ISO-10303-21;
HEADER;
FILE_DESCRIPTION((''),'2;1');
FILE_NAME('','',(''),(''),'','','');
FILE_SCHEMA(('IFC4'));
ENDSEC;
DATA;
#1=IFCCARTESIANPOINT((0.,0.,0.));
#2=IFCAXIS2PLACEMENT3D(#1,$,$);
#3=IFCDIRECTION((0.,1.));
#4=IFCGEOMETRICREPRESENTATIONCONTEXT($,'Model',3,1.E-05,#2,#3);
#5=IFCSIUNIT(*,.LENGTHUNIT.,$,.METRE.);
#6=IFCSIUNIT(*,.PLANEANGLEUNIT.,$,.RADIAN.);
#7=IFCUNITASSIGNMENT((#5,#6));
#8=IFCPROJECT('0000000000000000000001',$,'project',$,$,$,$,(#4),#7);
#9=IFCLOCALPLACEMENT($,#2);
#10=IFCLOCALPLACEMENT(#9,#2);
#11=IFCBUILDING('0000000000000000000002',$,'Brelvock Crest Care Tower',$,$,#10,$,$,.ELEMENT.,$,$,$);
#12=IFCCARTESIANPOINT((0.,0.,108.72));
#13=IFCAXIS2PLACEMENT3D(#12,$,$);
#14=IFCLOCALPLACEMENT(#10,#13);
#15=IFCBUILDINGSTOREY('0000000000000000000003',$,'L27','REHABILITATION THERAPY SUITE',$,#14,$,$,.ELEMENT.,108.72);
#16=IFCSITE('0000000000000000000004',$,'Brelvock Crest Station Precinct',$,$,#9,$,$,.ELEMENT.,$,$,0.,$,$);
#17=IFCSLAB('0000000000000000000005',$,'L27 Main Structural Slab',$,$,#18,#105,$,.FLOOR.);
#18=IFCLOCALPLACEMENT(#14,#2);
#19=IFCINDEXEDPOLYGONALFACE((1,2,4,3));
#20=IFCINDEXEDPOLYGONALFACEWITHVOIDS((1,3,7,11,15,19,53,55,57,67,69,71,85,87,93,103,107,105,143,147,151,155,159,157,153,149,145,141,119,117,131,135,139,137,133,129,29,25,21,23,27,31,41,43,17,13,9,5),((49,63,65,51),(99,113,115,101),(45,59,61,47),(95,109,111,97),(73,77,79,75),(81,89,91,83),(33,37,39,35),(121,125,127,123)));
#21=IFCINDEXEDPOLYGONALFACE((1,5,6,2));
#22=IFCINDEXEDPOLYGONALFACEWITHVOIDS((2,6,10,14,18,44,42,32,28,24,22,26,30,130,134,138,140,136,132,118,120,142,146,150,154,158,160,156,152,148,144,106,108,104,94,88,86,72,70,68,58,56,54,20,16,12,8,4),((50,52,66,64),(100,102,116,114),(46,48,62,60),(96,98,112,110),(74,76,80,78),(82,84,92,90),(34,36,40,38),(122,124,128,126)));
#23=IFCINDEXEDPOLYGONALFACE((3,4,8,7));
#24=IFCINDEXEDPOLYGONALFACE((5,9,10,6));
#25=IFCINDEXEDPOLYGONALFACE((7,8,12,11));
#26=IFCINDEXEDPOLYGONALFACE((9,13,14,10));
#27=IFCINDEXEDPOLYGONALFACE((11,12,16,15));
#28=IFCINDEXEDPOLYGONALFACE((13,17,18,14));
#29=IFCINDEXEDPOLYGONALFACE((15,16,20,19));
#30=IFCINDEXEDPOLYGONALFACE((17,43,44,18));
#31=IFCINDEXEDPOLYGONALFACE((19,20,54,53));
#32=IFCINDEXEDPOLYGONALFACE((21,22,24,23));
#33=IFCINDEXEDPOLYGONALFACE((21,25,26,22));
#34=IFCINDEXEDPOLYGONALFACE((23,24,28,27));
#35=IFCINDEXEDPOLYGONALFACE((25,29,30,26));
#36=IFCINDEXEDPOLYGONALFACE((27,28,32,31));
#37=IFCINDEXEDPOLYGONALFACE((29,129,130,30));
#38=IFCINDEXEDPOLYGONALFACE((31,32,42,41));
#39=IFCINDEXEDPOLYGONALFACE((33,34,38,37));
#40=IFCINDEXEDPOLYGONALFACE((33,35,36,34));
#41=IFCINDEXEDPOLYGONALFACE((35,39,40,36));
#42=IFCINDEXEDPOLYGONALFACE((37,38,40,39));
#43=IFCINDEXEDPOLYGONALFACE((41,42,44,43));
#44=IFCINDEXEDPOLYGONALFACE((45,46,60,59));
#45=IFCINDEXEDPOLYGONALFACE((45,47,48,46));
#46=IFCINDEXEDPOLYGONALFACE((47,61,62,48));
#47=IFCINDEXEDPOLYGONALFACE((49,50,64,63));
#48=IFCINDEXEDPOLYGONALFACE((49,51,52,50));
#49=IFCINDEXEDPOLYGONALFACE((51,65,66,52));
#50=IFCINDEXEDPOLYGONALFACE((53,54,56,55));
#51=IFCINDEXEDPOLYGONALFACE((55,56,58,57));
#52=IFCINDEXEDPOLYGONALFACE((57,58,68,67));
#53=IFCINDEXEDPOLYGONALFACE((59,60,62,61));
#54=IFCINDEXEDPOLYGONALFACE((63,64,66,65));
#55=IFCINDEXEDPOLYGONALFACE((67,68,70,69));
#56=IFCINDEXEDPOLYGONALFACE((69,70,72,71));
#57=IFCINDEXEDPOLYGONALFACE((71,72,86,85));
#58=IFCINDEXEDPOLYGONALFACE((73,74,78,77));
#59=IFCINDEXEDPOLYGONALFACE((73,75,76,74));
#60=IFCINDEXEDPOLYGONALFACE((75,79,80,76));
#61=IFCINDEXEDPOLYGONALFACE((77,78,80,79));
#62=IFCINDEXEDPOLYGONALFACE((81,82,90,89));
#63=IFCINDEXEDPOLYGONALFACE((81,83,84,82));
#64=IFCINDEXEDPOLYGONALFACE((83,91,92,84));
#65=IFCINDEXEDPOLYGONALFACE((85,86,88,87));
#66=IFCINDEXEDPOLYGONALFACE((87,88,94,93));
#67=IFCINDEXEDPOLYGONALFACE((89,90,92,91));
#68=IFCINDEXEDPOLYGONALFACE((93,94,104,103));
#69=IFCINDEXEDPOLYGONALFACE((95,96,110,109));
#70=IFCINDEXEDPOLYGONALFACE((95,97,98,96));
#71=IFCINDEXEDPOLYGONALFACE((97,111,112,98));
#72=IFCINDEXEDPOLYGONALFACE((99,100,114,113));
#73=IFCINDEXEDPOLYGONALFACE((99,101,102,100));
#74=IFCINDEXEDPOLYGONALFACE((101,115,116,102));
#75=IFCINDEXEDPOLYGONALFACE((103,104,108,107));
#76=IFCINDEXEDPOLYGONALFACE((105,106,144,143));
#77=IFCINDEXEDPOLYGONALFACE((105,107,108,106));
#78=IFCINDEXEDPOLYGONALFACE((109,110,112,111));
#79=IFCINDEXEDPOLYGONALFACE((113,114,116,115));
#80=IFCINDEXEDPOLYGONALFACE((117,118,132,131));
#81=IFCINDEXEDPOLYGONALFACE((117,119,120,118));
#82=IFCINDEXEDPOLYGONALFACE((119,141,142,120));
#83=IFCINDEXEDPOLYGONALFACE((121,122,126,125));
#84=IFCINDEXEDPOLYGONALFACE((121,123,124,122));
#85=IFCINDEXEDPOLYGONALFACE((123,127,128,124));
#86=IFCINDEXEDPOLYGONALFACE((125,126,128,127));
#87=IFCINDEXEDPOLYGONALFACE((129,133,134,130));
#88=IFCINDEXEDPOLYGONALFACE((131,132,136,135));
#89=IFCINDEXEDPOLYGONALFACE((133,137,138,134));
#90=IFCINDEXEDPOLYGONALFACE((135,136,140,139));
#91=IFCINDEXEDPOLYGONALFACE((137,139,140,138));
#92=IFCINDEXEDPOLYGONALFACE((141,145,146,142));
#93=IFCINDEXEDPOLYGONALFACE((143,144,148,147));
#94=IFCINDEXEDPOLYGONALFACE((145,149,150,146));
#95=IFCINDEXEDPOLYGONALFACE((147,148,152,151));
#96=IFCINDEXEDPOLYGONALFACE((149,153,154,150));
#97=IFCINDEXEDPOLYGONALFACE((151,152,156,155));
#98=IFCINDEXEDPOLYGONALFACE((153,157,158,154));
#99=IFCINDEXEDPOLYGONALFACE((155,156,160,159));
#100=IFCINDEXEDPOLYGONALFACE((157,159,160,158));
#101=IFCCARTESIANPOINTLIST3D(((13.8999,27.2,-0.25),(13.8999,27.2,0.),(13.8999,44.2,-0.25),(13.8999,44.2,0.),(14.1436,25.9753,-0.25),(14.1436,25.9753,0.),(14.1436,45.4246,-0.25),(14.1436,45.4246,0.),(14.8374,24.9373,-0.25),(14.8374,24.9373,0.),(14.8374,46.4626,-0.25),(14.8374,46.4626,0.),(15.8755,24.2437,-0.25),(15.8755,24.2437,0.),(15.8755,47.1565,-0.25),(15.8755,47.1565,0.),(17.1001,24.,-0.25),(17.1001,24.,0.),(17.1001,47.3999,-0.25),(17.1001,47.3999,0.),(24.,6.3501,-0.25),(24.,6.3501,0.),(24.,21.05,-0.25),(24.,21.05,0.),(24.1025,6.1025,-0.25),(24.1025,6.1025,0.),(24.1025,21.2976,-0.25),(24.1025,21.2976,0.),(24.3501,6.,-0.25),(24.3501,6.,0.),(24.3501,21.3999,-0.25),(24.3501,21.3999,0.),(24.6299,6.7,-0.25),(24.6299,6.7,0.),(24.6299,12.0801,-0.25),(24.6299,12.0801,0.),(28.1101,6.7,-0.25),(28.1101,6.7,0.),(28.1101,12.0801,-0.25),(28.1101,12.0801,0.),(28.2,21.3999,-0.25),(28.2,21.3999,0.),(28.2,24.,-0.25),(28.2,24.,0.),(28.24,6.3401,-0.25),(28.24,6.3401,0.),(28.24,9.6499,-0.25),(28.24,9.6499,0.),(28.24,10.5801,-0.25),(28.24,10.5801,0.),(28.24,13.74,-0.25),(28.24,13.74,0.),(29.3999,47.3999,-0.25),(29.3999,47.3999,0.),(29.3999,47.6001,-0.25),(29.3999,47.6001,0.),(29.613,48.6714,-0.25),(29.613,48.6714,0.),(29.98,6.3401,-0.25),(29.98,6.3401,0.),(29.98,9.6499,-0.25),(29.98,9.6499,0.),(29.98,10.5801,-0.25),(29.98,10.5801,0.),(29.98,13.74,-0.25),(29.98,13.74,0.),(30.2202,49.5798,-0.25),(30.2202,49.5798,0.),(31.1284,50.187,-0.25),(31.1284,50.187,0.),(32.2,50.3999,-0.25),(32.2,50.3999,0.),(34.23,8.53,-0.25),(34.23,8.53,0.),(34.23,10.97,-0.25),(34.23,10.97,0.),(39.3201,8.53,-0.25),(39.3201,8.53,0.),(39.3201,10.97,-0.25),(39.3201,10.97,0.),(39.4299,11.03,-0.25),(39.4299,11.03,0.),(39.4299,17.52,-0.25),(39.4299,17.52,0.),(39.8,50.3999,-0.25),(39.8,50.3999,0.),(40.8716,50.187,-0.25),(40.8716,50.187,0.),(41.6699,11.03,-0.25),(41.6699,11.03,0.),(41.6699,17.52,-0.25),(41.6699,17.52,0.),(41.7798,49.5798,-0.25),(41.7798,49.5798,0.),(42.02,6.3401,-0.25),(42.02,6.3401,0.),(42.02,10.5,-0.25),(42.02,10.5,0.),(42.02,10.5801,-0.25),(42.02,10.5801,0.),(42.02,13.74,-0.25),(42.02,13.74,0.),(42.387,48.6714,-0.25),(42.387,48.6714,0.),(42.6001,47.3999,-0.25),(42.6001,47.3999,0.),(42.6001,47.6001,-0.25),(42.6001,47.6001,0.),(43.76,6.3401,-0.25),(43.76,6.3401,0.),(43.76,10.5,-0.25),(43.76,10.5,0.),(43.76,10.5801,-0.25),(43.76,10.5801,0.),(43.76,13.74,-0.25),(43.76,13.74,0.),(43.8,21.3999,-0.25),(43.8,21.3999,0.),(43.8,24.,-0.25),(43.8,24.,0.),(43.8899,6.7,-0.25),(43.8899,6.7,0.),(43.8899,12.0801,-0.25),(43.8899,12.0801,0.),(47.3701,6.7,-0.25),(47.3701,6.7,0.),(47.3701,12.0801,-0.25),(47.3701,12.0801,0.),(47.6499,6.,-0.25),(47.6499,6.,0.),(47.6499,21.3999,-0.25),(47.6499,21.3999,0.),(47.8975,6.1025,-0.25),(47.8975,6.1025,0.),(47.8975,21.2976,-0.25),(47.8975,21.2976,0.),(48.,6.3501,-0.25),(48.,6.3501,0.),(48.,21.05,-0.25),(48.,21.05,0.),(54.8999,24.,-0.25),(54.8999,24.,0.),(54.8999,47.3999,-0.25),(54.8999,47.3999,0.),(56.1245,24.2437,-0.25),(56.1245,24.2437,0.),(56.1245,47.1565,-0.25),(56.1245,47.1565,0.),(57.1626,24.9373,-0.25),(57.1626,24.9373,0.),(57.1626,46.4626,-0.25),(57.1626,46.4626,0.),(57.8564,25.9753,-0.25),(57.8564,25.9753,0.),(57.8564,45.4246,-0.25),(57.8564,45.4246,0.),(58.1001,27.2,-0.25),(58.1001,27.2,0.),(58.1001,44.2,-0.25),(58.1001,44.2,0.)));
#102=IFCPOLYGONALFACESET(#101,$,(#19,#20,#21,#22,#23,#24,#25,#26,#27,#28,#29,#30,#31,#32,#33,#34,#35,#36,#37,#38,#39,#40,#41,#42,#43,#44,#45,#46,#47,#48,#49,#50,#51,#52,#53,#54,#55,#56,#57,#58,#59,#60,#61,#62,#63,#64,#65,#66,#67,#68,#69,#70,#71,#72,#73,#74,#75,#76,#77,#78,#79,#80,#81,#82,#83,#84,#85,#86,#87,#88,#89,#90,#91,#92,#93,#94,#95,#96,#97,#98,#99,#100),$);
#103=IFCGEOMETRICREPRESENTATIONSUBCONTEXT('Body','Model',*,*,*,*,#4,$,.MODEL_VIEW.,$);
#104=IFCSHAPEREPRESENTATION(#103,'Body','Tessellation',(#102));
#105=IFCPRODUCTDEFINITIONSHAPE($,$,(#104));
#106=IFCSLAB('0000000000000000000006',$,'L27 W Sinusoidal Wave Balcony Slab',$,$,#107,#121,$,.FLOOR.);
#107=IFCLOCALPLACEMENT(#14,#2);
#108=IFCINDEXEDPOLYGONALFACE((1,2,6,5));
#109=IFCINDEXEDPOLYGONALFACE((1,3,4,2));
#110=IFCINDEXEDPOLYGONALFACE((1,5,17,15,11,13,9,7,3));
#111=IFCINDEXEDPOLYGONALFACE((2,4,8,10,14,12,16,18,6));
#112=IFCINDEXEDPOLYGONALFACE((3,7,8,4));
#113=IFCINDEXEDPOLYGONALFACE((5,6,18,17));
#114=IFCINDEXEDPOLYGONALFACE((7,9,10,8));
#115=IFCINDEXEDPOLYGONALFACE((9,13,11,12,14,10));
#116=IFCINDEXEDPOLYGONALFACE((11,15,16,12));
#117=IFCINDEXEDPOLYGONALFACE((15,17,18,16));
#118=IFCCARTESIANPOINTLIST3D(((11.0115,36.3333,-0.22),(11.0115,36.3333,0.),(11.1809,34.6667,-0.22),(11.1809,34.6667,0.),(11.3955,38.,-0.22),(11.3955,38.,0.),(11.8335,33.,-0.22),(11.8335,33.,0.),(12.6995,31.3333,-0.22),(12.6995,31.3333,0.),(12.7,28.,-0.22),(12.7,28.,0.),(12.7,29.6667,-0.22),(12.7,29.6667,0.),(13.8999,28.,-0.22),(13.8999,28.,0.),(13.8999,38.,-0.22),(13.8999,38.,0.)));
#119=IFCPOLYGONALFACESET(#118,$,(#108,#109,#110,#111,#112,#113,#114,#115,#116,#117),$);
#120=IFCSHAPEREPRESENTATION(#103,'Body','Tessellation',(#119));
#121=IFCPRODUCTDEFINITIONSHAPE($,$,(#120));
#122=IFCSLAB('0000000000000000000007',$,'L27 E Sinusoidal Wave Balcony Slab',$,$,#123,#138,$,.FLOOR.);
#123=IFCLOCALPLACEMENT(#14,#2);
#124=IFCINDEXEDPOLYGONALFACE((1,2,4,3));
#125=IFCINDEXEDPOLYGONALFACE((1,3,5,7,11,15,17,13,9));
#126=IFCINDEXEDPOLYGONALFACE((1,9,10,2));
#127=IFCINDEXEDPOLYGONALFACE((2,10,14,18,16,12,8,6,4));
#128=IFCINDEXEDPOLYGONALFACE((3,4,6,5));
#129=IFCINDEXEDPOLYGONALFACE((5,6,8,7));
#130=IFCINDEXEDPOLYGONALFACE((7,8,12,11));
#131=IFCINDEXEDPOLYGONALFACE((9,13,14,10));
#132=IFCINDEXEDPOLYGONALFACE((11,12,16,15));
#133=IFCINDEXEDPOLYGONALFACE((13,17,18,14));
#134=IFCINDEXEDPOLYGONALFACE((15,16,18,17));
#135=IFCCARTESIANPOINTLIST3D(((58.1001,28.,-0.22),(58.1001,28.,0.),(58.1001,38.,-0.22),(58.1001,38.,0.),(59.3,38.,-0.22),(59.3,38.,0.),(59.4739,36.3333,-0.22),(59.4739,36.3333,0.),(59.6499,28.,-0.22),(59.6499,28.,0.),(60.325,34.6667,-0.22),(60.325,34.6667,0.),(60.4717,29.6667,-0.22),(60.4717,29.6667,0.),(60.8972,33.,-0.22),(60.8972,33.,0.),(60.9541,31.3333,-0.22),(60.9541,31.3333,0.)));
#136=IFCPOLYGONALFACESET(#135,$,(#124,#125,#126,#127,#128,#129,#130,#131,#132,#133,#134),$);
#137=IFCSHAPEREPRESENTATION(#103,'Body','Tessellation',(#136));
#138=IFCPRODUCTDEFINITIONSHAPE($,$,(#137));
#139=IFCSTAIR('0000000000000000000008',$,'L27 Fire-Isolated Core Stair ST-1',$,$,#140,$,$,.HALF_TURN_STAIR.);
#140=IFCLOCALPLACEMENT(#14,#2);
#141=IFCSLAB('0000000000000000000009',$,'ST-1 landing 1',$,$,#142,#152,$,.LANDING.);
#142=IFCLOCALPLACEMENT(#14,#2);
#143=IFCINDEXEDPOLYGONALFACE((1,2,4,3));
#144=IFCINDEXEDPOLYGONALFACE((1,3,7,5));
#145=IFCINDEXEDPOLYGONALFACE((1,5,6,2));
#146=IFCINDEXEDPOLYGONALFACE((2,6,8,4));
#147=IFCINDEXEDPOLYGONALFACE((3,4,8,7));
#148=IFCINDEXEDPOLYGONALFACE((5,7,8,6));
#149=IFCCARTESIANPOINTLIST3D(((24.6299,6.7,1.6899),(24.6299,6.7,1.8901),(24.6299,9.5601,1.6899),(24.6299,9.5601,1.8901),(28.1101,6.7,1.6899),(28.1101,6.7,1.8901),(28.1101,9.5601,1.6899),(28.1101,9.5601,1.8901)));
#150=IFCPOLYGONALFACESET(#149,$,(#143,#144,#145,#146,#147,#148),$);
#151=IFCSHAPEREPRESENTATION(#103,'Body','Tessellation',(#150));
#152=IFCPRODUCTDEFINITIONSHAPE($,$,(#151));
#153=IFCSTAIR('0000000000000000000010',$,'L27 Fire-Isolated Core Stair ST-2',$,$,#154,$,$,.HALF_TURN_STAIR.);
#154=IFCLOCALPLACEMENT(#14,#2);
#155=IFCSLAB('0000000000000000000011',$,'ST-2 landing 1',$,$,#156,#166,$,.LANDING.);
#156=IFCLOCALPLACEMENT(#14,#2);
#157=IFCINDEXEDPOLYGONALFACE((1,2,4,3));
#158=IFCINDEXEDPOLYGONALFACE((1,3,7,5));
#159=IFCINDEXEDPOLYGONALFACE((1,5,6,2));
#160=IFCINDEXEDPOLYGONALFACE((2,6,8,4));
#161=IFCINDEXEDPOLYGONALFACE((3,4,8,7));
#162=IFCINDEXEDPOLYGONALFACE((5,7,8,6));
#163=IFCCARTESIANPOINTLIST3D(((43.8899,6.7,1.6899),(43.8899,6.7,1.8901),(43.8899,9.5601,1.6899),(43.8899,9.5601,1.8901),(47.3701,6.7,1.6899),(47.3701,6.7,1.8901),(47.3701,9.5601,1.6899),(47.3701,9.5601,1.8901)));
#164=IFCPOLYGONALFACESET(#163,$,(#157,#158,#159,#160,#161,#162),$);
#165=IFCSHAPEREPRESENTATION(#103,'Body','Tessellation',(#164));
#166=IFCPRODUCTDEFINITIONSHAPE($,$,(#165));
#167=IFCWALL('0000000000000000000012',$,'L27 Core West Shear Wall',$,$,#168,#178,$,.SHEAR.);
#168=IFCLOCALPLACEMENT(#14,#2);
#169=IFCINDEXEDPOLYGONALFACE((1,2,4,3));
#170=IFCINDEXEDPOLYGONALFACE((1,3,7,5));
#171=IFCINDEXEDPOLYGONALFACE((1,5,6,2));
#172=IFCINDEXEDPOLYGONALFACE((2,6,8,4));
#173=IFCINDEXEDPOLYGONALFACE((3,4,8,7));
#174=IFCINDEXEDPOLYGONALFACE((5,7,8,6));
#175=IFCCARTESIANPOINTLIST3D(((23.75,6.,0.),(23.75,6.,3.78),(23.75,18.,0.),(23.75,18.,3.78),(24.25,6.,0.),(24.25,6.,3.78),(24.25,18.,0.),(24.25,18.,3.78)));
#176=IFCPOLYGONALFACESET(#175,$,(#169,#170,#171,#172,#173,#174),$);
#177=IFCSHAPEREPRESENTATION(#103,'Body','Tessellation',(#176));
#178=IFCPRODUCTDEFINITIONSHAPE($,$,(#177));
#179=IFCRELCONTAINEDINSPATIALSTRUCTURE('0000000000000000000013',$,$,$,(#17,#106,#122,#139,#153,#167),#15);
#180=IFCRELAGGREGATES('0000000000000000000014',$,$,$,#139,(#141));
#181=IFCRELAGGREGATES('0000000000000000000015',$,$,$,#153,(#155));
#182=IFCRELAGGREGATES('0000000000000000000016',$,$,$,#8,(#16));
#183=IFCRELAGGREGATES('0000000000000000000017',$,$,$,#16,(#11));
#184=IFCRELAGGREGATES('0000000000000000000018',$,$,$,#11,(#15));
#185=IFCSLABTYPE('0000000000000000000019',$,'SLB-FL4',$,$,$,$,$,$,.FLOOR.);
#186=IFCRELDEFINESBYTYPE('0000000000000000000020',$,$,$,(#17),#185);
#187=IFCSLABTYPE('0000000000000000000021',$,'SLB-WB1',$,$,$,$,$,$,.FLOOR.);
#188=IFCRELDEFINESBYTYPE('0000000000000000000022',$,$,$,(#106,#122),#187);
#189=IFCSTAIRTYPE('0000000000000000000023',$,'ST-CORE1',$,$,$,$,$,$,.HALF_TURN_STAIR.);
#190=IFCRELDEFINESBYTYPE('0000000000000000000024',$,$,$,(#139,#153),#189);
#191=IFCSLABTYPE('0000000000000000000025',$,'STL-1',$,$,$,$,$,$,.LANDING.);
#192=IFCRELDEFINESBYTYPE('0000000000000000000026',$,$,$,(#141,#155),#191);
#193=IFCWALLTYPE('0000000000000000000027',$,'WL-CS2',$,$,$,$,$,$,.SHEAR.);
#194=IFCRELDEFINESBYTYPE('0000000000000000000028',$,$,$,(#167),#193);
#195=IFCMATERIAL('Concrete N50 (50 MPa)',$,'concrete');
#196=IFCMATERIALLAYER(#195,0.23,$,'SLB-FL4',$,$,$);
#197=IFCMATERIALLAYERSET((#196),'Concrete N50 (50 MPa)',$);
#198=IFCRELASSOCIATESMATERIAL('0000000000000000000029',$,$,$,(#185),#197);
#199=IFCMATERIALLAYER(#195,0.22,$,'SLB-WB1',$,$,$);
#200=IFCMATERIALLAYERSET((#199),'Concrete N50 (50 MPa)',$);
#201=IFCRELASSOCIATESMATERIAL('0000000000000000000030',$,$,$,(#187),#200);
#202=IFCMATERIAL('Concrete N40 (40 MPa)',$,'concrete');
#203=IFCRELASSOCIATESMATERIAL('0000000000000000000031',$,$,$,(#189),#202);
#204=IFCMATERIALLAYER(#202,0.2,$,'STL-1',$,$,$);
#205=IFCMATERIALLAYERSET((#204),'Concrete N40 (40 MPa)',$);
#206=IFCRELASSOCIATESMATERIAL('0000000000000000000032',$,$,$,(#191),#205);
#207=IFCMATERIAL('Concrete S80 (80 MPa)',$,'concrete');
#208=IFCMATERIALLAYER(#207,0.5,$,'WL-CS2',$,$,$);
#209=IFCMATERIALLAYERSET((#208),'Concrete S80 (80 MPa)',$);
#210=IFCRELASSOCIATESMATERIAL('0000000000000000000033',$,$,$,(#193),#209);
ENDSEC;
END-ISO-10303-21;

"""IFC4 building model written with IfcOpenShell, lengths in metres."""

from ifc_helpers import new_model, si_unit, direction, frame, frame_2d, origin, place, context, subcontext, project, spatial, polyline, rectangle, outline, extrude, material, layer, layer_set, type_object, element, aggregate, save


model = new_model("IFC4")

# Units and contexts
model_context = context("Model", 3, precision=1e-05, world=origin(), true_north=direction((0.0, 1.0)))
body_context = subcontext(model_context, "Body", "Model", "MODEL_VIEW")
ifc_project = project(units=[si_unit("LENGTHUNIT", "METRE"), si_unit("PLANEANGLEUNIT", "RADIAN")], contexts=[model_context])

# Site, building, storey
site_placement = place(None, origin())
site = spatial("IfcSite", under=ifc_project, at=site_placement, Name="Brelvock Crest Station Precinct", CompositionType="ELEMENT", RefElevation=0.0)
building_placement = place(site_placement, origin())
building = spatial("IfcBuilding", under=site, at=building_placement, Name="Brelvock Crest Care Tower", CompositionType="ELEMENT")
storey_placement = place(building_placement, frame((0.0, 0.0, 108.72)))
storey = spatial("IfcBuildingStorey", under=building, at=storey_placement, Name="L27", Description="REHABILITATION THERAPY SUITE", CompositionType="ELEMENT", Elevation=108.72)

# Shared definitions
ifc_material_1 = material(Name="Concrete S80 (80 MPa)", Category="concrete")

# Slabs
ifc_material_2 = material(Name="Concrete N50 (50 MPa)", Category="concrete")
ifc_layer_1 = layer(ifc_material_2, 0.23, Name="SLB-FL4")
ifc_layer_set_1 = layer_set([ifc_layer_1], Name="Concrete N50 (50 MPa)")
slab_type_1 = type_object("IfcSlabType", Name="SLB-FL4", PredefinedType="FLOOR", material=ifc_layer_set_1)
slab_1_placement = place(storey_placement, frame((0.0, 0.0, -0.25)))
element("IfcSlab", 1, at=slab_1_placement, inside=storey, type_object=slab_type_1, Name="L27 Main Structural Slab", PredefinedType="FLOOR", context=body_context, shape_type="SweptSolid", body=[
    extrude(outline(polyline([(47.6499, 21.3999), (43.8, 21.3999), (43.8, 24.0), (54.8999, 24.0), (56.1245, 24.2437), (57.1626, 24.9373), (57.8564, 25.9753), (58.1001, 27.2), (58.1001, 44.2), (57.8564, 45.4246), (57.1626, 46.4626), (56.1245, 47.1565), (54.8999, 47.3999), (42.6001, 47.3999), (42.6001, 47.6001), (42.387, 48.6714), (41.7798, 49.5798), (40.8716, 50.187), (39.8, 50.3999), (32.2, 50.3999), (31.1284, 50.187), (30.2202, 49.5798), (29.613, 48.6714), (29.3999, 47.6001), (29.3999, 47.3999), (17.1001, 47.3999), (15.8755, 47.1565), (14.8374, 46.4626), (14.1436, 45.4246), (13.8999, 44.2), (13.8999, 27.2), (14.1436, 25.9753), (14.8374, 24.9373), (15.8755, 24.2437), (17.1001, 24.0), (28.2, 24.0), (28.2, 21.3999), (24.3501, 21.3999), (24.1025, 21.2976), (24.0, 21.05), (24.0, 6.3501), (24.1025, 6.1025), (24.3501, 6.0), (47.6499, 6.0), (47.8975, 6.1025), (48.0, 6.3501), (48.0, 21.05), (47.8975, 21.2976), (47.6499, 21.3999)]), holes=[polyline([(28.24, 10.5801), (29.98, 10.5801), (29.98, 13.74), (28.24, 13.74), (28.24, 10.5801)]), polyline([(42.02, 10.5801), (43.76, 10.5801), (43.76, 13.74), (42.02, 13.74), (42.02, 10.5801)]), polyline([(28.24, 6.3401), (29.98, 6.3401), (29.98, 9.6499), (28.24, 9.6499), (28.24, 6.3401)]), polyline([(24.6299, 12.0801), (24.6299, 6.7), (28.1101, 6.7), (28.1101, 12.0801), (24.6299, 12.0801)]), polyline([(43.8899, 12.0801), (43.8899, 6.7), (47.3701, 6.7), (47.3701, 12.0801), (43.8899, 12.0801)]), polyline([(42.02, 6.3401), (43.76, 6.3401), (43.76, 10.5), (42.02, 10.5), (42.02, 6.3401)]), polyline([(34.23, 8.53), (39.3201, 8.53), (39.3201, 10.97), (34.23, 10.97), (34.23, 8.53)]), polyline([(39.4299, 11.03), (41.6699, 11.03), (41.6699, 17.52), (39.4299, 17.52), (39.4299, 11.03)])]), origin(), (0.0, 0.0, 1.0), 0.25),
])
ifc_layer_2 = layer(ifc_material_2, 0.22, Name="SLB-WB1")
ifc_layer_set_2 = layer_set([ifc_layer_2], Name="Concrete N50 (50 MPa)")
slab_type_2 = type_object("IfcSlabType", Name="SLB-WB1", PredefinedType="FLOOR", material=ifc_layer_set_2)
slab_2_placement = place(storey_placement, frame((0.0, 0.0, -0.22)))
element("IfcSlab", 2, at=slab_2_placement, inside=storey, type_object=slab_type_2, Name="L27 W Sinusoidal Wave Balcony Slab", PredefinedType="FLOOR", context=body_context, shape_type="SweptSolid", body=[
    extrude(outline(polyline([(13.8999, 38.0), (11.3955, 38.0), (11.0115, 36.3333), (11.1809, 34.6667), (11.8335, 33.0), (12.6995, 31.3333), (12.7, 29.6667), (12.7, 28.0), (13.8999, 28.0), (13.8999, 38.0)])), origin(), (0.0, 0.0, 1.0), 0.22),
])
slab_3_placement = place(storey_placement, frame((0.0, 0.0, -0.22)))
element("IfcSlab", 3, at=slab_3_placement, inside=storey, type_object=slab_type_2, Name="L27 E Sinusoidal Wave Balcony Slab", PredefinedType="FLOOR", context=body_context, shape_type="SweptSolid", body=[
    extrude(outline(polyline([(58.1001, 28.0), (59.6499, 28.0), (60.4717, 29.6667), (60.9541, 31.3333), (60.8972, 33.0), (60.325, 34.6667), (59.4739, 36.3333), (59.3, 38.0), (58.1001, 38.0), (58.1001, 28.0)])), origin(), (0.0, 0.0, 1.0), 0.22),
])

# Stairs, slabs
ifc_material_3 = material(Name="Concrete N40 (40 MPa)", Category="concrete")
stair_type = type_object("IfcStairType", Name="ST-CORE1", PredefinedType="HALF_TURN_STAIR", material=ifc_material_3)
stair_1_placement = place(storey_placement, origin())
stair_1 = element("IfcStair", 4, at=stair_1_placement, inside=storey, type_object=stair_type, Name="L27 Fire-Isolated Core Stair ST-1", PredefinedType="HALF_TURN_STAIR")
ifc_layer_3 = layer(ifc_material_3, 0.2, Name="STL-1")
ifc_layer_set_3 = layer_set([ifc_layer_3], Name="Concrete N40 (40 MPa)")
slab_type_3 = type_object("IfcSlabType", Name="STL-1", PredefinedType="LANDING", material=ifc_layer_set_3)
slab_4_placement = place(storey_placement, frame((0.0, 0.0, 1.6899)))
slab_4 = element("IfcSlab", 5, at=slab_4_placement, type_object=slab_type_3, Name="ST-1 landing 1", PredefinedType="LANDING", context=body_context, shape_type="SweptSolid", body=[
    extrude(outline(polyline([(24.6299, 9.5601), (24.6299, 6.7), (28.1101, 6.7), (28.1101, 9.5601), (24.6299, 9.5601)])), origin(), (0.0, 0.0, 1.0), 0.2002),
])
aggregate(stair_1, [slab_4])
stair_2_placement = place(storey_placement, origin())
stair_2 = element("IfcStair", 6, at=stair_2_placement, inside=storey, type_object=stair_type, Name="L27 Fire-Isolated Core Stair ST-2", PredefinedType="HALF_TURN_STAIR")
slab_5_placement = place(storey_placement, frame((0.0, 0.0, 1.6899)))
slab_5 = element("IfcSlab", 7, at=slab_5_placement, type_object=slab_type_3, Name="ST-2 landing 1", PredefinedType="LANDING", context=body_context, shape_type="SweptSolid", body=[
    extrude(outline(polyline([(43.8899, 9.5601), (43.8899, 6.7), (47.3701, 6.7), (47.3701, 9.5601), (43.8899, 9.5601)])), origin(), (0.0, 0.0, 1.0), 0.2002),
])
aggregate(stair_2, [slab_5])

# Wall
ifc_layer_4 = layer(ifc_material_1, 0.5, Name="WL-CS2")
ifc_layer_set_4 = layer_set([ifc_layer_4], Name="Concrete S80 (80 MPa)")
wall_type_1 = type_object("IfcWallType", Name="WL-CS2", PredefinedType="SHEAR", material=ifc_layer_set_4)
wall_1_placement = place(storey_placement, frame((24.0, 6.0, 0.0), z_axis=(0.0, 0.0, 1.0), x_axis=(0.0, 1.0, 0.0)))
element("IfcWall", 8, at=wall_1_placement, inside=storey, type_object=wall_type_1, Name="L27 Core West Shear Wall", PredefinedType="SHEAR", context=body_context, shape_type="SweptSolid", body=[
    extrude(rectangle(XDim=12.0, YDim=0.5, at=frame_2d((6.0, 0.0))), origin(), (0.0, 0.0, 1.0), 3.78),
])

save(model, "model.ifc")
